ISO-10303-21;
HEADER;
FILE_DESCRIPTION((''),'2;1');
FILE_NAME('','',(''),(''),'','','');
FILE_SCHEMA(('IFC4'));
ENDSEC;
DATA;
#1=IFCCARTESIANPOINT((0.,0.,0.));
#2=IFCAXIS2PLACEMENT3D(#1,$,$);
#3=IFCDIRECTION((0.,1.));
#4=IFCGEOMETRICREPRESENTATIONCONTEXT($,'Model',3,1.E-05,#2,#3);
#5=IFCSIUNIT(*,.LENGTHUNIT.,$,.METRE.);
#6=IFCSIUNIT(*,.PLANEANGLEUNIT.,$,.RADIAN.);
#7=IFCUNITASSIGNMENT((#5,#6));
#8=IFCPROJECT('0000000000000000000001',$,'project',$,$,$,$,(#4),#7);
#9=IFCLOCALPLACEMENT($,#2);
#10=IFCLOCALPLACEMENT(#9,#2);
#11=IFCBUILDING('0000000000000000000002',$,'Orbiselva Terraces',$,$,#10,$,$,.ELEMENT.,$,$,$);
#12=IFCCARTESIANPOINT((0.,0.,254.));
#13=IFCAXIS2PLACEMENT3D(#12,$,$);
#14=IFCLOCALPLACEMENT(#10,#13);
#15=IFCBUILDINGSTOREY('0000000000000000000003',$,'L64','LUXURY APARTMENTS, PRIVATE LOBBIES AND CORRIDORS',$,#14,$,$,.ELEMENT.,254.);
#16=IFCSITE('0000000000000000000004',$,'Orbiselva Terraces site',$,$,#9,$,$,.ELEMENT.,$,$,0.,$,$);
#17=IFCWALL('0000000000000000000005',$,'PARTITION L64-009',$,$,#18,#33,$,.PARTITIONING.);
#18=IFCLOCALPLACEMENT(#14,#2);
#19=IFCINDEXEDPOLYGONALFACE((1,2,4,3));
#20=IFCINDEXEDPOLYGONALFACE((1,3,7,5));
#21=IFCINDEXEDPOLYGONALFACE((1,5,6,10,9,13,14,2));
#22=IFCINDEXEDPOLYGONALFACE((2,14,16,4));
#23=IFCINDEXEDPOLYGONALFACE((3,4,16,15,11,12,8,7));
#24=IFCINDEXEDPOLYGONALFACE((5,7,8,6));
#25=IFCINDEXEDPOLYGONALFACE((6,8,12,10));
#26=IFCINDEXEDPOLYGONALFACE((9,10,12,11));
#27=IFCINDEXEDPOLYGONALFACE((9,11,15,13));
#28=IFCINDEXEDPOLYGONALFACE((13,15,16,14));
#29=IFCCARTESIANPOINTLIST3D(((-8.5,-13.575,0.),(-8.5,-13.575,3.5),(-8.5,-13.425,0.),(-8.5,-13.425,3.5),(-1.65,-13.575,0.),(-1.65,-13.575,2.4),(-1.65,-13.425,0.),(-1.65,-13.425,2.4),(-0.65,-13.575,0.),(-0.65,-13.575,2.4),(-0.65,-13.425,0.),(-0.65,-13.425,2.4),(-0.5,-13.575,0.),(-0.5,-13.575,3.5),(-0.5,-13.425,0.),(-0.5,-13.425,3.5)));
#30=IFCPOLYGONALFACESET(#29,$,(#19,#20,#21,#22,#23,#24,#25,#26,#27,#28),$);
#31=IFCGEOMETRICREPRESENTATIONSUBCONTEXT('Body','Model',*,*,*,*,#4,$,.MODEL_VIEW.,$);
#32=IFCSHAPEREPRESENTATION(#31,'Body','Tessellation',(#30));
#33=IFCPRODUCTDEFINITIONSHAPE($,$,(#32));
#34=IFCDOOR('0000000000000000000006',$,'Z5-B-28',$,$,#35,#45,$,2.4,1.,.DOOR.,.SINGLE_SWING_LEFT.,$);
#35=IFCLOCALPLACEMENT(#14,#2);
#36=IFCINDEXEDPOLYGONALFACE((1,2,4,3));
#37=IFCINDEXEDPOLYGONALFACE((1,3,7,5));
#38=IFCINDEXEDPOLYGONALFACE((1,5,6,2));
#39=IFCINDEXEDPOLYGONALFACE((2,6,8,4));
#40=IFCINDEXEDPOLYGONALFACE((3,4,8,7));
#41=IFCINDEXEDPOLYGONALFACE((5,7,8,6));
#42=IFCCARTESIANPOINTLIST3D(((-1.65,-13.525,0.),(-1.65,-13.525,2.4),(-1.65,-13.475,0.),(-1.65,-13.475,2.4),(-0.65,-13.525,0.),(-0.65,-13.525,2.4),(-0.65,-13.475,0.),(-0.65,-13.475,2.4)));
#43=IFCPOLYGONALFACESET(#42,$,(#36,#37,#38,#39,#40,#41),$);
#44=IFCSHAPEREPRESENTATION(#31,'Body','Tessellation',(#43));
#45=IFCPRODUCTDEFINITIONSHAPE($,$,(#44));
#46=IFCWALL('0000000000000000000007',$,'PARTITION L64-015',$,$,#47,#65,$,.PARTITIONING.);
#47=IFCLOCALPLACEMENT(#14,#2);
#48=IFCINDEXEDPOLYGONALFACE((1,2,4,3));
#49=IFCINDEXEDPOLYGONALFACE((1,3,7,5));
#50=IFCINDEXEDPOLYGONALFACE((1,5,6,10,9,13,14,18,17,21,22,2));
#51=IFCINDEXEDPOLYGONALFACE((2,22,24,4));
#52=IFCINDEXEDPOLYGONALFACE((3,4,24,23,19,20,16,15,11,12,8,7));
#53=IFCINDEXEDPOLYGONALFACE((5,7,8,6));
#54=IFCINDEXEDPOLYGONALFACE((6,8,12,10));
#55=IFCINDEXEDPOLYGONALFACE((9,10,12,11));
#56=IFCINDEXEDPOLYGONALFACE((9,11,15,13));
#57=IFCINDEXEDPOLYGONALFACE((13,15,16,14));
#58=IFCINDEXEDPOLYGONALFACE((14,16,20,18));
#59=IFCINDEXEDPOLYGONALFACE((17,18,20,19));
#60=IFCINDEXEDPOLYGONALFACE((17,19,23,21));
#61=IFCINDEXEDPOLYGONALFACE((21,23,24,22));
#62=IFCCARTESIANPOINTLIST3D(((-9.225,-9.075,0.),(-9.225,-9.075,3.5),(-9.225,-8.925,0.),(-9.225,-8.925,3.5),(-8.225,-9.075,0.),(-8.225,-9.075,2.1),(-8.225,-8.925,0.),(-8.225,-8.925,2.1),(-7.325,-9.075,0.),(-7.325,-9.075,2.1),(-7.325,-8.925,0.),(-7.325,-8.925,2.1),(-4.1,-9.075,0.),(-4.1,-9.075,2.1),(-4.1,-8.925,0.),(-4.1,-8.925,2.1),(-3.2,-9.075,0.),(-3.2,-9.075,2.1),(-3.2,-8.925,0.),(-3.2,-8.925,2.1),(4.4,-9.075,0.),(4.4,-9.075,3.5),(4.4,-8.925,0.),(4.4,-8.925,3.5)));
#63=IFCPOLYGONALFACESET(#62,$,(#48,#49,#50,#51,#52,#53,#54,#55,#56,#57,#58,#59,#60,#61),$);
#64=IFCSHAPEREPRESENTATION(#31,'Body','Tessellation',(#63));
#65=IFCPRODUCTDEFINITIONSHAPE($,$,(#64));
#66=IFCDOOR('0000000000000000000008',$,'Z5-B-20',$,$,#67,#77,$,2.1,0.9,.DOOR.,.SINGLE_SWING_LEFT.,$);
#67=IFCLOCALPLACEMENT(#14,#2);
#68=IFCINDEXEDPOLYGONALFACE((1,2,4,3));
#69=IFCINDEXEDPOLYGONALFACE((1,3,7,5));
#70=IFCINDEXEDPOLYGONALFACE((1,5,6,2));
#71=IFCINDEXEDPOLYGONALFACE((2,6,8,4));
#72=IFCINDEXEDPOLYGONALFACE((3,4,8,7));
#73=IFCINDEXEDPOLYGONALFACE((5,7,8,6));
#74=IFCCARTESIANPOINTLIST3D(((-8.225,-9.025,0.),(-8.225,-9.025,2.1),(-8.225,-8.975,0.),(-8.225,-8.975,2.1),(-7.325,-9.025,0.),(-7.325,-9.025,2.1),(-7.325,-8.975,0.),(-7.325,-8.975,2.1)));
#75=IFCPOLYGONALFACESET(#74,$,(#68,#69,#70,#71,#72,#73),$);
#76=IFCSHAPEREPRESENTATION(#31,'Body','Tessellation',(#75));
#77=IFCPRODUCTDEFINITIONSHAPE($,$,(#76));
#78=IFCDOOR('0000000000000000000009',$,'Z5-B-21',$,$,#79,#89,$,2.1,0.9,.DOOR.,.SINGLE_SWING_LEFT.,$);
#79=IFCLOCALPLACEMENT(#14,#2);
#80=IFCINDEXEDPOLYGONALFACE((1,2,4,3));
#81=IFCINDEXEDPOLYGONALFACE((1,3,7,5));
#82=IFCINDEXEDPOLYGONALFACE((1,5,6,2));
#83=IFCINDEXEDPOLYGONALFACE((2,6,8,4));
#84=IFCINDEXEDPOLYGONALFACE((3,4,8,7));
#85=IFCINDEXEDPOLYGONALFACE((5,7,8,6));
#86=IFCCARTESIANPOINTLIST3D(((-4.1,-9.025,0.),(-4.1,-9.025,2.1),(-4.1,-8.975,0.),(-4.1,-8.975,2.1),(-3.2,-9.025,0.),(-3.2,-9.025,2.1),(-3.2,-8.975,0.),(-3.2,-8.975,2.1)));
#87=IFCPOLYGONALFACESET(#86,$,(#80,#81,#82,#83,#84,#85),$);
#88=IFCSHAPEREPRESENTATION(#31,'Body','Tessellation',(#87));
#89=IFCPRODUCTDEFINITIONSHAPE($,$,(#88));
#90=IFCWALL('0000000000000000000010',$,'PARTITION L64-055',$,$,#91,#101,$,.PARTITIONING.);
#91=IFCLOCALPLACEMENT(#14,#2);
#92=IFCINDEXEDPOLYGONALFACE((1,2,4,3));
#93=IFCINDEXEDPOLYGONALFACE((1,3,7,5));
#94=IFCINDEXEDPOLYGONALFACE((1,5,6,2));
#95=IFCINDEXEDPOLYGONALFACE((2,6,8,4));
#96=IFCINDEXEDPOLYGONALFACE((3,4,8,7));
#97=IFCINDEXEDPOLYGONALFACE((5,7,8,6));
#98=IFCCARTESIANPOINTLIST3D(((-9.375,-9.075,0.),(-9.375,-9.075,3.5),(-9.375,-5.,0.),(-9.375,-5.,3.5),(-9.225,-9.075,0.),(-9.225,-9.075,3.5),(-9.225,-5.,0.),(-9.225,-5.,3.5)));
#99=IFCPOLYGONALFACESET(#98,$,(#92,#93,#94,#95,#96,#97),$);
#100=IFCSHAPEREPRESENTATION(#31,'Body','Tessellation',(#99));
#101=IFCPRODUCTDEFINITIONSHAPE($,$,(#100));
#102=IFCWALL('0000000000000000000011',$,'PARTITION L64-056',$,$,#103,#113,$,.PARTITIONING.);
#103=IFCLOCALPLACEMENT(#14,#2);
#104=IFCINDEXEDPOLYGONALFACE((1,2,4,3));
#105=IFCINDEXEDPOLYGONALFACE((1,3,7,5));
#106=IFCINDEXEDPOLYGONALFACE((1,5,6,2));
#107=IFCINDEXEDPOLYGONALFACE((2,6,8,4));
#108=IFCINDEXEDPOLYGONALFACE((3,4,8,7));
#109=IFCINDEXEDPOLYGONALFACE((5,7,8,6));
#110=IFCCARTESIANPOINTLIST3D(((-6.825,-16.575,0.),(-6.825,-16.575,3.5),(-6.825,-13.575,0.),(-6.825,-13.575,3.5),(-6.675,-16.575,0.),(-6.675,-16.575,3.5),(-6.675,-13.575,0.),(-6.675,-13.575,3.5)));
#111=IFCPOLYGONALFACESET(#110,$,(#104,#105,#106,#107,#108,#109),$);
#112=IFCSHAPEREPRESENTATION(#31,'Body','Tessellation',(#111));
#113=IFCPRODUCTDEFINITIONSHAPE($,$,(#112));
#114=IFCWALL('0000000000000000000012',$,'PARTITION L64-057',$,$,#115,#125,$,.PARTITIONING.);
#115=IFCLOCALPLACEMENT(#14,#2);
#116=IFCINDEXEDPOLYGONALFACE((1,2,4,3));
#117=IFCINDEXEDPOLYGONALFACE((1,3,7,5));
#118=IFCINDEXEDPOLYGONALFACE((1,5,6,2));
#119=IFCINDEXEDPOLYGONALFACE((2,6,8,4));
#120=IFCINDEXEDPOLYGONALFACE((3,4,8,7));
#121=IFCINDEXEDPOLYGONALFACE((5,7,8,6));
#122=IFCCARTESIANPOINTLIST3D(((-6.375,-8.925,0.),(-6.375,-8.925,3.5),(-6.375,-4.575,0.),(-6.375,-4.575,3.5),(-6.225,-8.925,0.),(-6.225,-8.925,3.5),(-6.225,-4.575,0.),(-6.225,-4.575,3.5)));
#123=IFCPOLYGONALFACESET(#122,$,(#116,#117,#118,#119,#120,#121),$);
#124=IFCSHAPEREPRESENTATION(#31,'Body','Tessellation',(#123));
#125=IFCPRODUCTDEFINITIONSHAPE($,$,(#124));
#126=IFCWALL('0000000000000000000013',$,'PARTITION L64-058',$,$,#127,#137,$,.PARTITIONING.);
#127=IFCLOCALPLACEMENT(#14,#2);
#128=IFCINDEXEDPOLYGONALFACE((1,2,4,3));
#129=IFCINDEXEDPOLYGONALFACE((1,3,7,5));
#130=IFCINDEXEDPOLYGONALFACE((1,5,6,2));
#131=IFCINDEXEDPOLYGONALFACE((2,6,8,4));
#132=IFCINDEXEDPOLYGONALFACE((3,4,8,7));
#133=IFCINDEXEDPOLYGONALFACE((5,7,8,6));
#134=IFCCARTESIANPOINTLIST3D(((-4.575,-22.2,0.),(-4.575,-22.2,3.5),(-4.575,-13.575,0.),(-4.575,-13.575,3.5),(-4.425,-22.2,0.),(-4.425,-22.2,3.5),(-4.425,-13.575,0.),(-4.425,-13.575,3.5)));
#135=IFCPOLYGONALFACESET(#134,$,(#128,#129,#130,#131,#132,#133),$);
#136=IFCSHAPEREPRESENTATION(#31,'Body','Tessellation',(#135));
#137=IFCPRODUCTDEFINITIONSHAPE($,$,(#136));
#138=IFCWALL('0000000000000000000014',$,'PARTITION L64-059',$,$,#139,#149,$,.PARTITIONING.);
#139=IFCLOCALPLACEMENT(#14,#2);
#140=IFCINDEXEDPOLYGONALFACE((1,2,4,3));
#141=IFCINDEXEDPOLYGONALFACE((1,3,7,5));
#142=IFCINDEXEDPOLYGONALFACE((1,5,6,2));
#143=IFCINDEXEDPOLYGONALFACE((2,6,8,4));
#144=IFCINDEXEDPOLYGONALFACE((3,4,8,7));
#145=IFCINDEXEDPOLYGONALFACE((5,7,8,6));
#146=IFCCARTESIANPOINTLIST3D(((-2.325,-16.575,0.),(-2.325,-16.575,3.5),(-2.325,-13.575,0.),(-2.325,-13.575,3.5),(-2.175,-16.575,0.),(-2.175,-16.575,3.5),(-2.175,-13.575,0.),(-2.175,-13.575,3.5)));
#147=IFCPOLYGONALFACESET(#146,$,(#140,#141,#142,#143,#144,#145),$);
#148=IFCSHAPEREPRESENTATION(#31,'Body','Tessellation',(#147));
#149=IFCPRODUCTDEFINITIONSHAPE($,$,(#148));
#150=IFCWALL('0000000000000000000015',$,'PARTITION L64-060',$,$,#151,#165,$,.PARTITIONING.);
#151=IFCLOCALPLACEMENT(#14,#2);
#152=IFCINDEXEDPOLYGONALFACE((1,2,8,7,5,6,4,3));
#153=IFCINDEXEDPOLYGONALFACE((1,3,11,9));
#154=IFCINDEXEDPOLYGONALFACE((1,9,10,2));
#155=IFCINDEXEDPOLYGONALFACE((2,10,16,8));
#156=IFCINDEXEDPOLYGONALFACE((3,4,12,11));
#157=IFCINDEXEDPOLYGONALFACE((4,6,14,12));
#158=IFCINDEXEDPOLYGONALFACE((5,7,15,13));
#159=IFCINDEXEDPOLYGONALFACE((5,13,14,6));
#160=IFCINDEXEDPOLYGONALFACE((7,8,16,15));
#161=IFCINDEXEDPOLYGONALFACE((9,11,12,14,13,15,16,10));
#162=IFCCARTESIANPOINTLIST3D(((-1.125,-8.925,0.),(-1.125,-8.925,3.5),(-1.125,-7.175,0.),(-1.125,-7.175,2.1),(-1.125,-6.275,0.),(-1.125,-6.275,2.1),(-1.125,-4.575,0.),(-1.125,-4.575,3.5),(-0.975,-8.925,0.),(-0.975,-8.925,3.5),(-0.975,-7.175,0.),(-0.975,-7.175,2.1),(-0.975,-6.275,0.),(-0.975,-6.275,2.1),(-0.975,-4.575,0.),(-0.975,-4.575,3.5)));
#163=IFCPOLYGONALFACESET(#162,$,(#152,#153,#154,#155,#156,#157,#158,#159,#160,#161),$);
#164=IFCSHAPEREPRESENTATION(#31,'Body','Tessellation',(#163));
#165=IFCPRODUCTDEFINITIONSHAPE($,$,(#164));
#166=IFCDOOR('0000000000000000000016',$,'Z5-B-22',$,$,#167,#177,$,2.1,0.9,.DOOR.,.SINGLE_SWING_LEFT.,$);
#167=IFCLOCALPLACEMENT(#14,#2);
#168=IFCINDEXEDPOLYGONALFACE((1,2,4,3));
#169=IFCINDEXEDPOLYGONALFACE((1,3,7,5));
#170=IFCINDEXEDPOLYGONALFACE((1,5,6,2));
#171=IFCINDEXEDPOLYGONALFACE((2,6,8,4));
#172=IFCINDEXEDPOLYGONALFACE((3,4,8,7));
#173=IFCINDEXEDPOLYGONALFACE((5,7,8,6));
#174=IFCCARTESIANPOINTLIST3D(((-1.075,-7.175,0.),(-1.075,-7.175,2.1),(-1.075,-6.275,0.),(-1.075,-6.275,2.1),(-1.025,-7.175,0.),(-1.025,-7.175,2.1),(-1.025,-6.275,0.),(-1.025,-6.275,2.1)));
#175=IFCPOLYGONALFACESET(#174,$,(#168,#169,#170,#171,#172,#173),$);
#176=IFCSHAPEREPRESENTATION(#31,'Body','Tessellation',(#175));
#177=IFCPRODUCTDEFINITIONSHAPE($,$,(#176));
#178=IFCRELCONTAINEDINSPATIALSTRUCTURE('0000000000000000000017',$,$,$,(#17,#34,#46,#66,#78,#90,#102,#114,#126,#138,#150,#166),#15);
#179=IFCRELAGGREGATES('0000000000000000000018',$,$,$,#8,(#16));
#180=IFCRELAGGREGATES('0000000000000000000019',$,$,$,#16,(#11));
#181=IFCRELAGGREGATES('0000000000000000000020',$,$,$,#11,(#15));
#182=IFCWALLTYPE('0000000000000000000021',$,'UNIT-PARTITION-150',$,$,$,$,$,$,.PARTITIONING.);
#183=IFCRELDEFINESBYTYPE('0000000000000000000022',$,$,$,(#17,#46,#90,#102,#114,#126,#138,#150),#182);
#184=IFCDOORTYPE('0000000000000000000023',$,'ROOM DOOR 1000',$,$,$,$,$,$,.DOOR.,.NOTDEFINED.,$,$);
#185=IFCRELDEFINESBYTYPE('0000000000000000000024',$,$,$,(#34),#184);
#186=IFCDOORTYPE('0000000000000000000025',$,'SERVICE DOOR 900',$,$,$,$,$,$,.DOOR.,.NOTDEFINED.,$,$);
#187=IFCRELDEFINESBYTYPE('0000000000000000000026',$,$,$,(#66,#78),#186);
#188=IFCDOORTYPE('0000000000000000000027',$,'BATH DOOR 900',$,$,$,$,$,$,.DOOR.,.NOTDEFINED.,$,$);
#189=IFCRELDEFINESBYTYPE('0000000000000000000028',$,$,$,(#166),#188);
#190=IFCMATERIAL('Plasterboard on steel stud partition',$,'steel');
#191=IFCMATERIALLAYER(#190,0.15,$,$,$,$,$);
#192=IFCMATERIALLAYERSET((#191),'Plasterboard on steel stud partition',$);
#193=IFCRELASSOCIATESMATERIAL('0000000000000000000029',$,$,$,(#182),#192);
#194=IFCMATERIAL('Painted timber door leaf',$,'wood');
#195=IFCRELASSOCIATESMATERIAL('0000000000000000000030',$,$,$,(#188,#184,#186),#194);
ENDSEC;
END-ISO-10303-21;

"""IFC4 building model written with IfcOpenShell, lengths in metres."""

from ifc_helpers import new_model, si_unit, direction, frame, frame_2d, origin, place, context, subcontext, project, spatial, rectangle, extrude, material, layer, layer_set, type_object, element, fill, save


model = new_model("IFC4")

# Units and contexts
model_context = context("Model", 3, precision=1e-05, world=origin(), true_north=direction((0.0, 1.0)))
body_context = subcontext(model_context, "Body", "Model", "MODEL_VIEW")
ifc_project = project(units=[si_unit("LENGTHUNIT", "METRE"), si_unit("PLANEANGLEUNIT", "RADIAN")], contexts=[model_context])

# Site, building, storey
site_placement = place(None, origin())
site = spatial("IfcSite", under=ifc_project, at=site_placement, Name="Orbiselva Terraces site", CompositionType="ELEMENT", RefElevation=0.0)
building_placement = place(site_placement, origin())
building = spatial("IfcBuilding", under=site, at=building_placement, Name="Orbiselva Terraces", CompositionType="ELEMENT")
storey_placement = place(building_placement, frame((0.0, 0.0, 254.0)))
storey = spatial("IfcBuildingStorey", under=building, at=storey_placement, Name="L64", Description="LUXURY APARTMENTS, PRIVATE LOBBIES AND CORRIDORS", CompositionType="ELEMENT", Elevation=254.0)

# Wall, opening, door
ifc_material_1 = material(Name="Plasterboard on steel stud partition", Category="steel")
ifc_layer_1 = layer(ifc_material_1, 0.15)
ifc_layer_set_1 = layer_set([ifc_layer_1], Name="Plasterboard on steel stud partition")
wall_type_1 = type_object("IfcWallType", Name="UNIT-PARTITION-150", PredefinedType="PARTITIONING", material=ifc_layer_set_1)
ifc_material_2 = material(Name="Painted timber door leaf", Category="wood")
door_type_1 = type_object("IfcDoorType", Name="BATH DOOR 900", OperationType="NOTDEFINED", PredefinedType="DOOR", material=ifc_material_2)
wall_1_placement = place(storey_placement, frame((-0.5, -13.5, 0.0), z_axis=(0.0, 0.0, 1.0), x_axis=(-1.0, 0.0, 0.0)))
wall_1 = element("IfcWall", 1, at=wall_1_placement, inside=storey, type_object=wall_type_1, Name="PARTITION L64-009", PredefinedType="PARTITIONING", context=body_context, shape_type="SweptSolid", body=[
    extrude(rectangle(XDim=8.0, YDim=0.15, at=frame_2d((4.0, 0.0))), origin(), (0.0, 0.0, 1.0), 3.5),
])
opening_1_placement = place(wall_1_placement, frame((0.15, 0.0, 0.0)))
opening_1 = element("IfcOpeningElement", 2, at=opening_1_placement, cuts=wall_1, PredefinedType="OPENING", context=body_context, shape_type="SweptSolid", body=[
    extrude(rectangle(XDim=1.0, YDim=2.4, at=frame_2d((0.5, 1.2))), frame((0.0, 0.085, 0.0), z_axis=(0.0, -1.0, 0.0), x_axis=(1.0, 0.0, 0.0)), (0.0, 0.0, 1.0), 0.17),
])
door_type_2 = type_object("IfcDoorType", Name="ROOM DOOR 1000", OperationType="NOTDEFINED", PredefinedType="DOOR", material=ifc_material_2)
door_1_placement = place(opening_1_placement, origin())
door_1 = element("IfcDoor", 3, at=door_1_placement, inside=storey, type_object=door_type_2, Name="Z5-B-28", OperationType="SINGLE_SWING_LEFT", OverallHeight=2.4, OverallWidth=1.0, PredefinedType="DOOR", context=body_context, shape_type="SweptSolid", body=[
    extrude(rectangle(XDim=1.0, YDim=2.4, at=frame_2d((0.5, 1.2))), frame((0.0, 0.025, 0.0), z_axis=(0.0, -1.0, 0.0), x_axis=(1.0, 0.0, 0.0)), (0.0, 0.0, 1.0), 0.05),
])
fill(opening_1, door_1)

# Wall, openings, doors
wall_2_placement = place(storey_placement, frame((-9.225, -9.0, 0.0), z_axis=(0.0, 0.0, 1.0), x_axis=(1.0, 0.0, 0.0)))
wall_2 = element("IfcWall", 4, at=wall_2_placement, inside=storey, type_object=wall_type_1, Name="PARTITION L64-015", PredefinedType="PARTITIONING", context=body_context, shape_type="SweptSolid", body=[
    extrude(rectangle(XDim=13.625, YDim=0.15, at=frame_2d((6.8125, 0.0))), origin(), (0.0, 0.0, 1.0), 3.5),
])
opening_2_placement = place(wall_2_placement, frame((1.0, 0.0, 0.0)))
opening_2 = element("IfcOpeningElement", 5, at=opening_2_placement, cuts=wall_2, PredefinedType="OPENING", context=body_context, shape_type="SweptSolid", body=[
    extrude(rectangle(XDim=0.9, YDim=2.1, at=frame_2d((0.45, 1.05))), frame((0.0, 0.085, 0.0), z_axis=(0.0, -1.0, 0.0), x_axis=(1.0, 0.0, 0.0)), (0.0, 0.0, 1.0), 0.17),
])
opening_3_placement = place(wall_2_placement, frame((5.125, 0.0, 0.0)))
opening_3 = element("IfcOpeningElement", 6, at=opening_3_placement, cuts=wall_2, PredefinedType="OPENING", context=body_context, shape_type="SweptSolid", body=[
    extrude(rectangle(XDim=0.9, YDim=2.1, at=frame_2d((0.45, 1.05))), frame((0.0, 0.085, 0.0), z_axis=(0.0, -1.0, 0.0), x_axis=(1.0, 0.0, 0.0)), (0.0, 0.0, 1.0), 0.17),
])
door_type_3 = type_object("IfcDoorType", Name="SERVICE DOOR 900", OperationType="NOTDEFINED", PredefinedType="DOOR", material=ifc_material_2)
door_2_placement = place(opening_2_placement, origin())
door_2 = element("IfcDoor", 7, at=door_2_placement, inside=storey, type_object=door_type_3, Name="Z5-B-20", OperationType="SINGLE_SWING_LEFT", OverallHeight=2.1, OverallWidth=0.9, PredefinedType="DOOR", context=body_context, shape_type="SweptSolid", body=[
    extrude(rectangle(XDim=0.9, YDim=2.1, at=frame_2d((0.45, 1.05))), frame((0.0, 0.025, 0.0), z_axis=(0.0, -1.0, 0.0), x_axis=(1.0, 0.0, 0.0)), (0.0, 0.0, 1.0), 0.05),
])
fill(opening_2, door_2)
door_3_placement = place(opening_3_placement, origin())
door_3 = element("IfcDoor", 8, at=door_3_placement, inside=storey, type_object=door_type_3, Name="Z5-B-21", OperationType="SINGLE_SWING_LEFT", OverallHeight=2.1, OverallWidth=0.9, PredefinedType="DOOR", context=body_context, shape_type="SweptSolid", body=[
    extrude(rectangle(XDim=0.9, YDim=2.1, at=frame_2d((0.45, 1.05))), frame((0.0, 0.025, 0.0), z_axis=(0.0, -1.0, 0.0), x_axis=(1.0, 0.0, 0.0)), (0.0, 0.0, 1.0), 0.05),
])
fill(opening_3, door_3)

# Walls
wall_3_placement = place(storey_placement, frame((-9.3, -9.075, 0.0), z_axis=(0.0, 0.0, 1.0), x_axis=(0.0, 1.0, 0.0)))
element("IfcWall", 9, at=wall_3_placement, inside=storey, type_object=wall_type_1, Name="PARTITION L64-055", PredefinedType="PARTITIONING", context=body_context, shape_type="SweptSolid", body=[
    extrude(rectangle(XDim=4.075, YDim=0.15, at=frame_2d((2.0375, 0.0))), origin(), (0.0, 0.0, 1.0), 3.5),
])
wall_4_placement = place(storey_placement, frame((-6.75, -16.575, 0.0), z_axis=(0.0, 0.0, 1.0), x_axis=(0.0, 1.0, 0.0)))
element("IfcWall", 10, at=wall_4_placement, inside=storey, type_object=wall_type_1, Name="PARTITION L64-056", PredefinedType="PARTITIONING", context=body_context, shape_type="SweptSolid", body=[
    extrude(rectangle(XDim=3.0, YDim=0.15, at=frame_2d((1.5, 0.0))), origin(), (0.0, 0.0, 1.0), 3.5),
])
wall_5_placement = place(storey_placement, frame((-6.3, -8.925, 0.0), z_axis=(0.0, 0.0, 1.0), x_axis=(0.0, 1.0, 0.0)))
element("IfcWall", 11, at=wall_5_placement, inside=storey, type_object=wall_type_1, Name="PARTITION L64-057", PredefinedType="PARTITIONING", context=body_context, shape_type="SweptSolid", body=[
    extrude(rectangle(XDim=4.35, YDim=0.15, at=frame_2d((2.175, 0.0))), origin(), (0.0, 0.0, 1.0), 3.5),
])
wall_6_placement = place(storey_placement, frame((-4.5, -22.2, 0.0), z_axis=(0.0, 0.0, 1.0), x_axis=(0.0, 1.0, 0.0)))
element("IfcWall", 12, at=wall_6_placement, inside=storey, type_object=wall_type_1, Name="PARTITION L64-058", PredefinedType="PARTITIONING", context=body_context, shape_type="SweptSolid", body=[
    extrude(rectangle(XDim=8.625, YDim=0.15, at=frame_2d((4.3125, 0.0))), origin(), (0.0, 0.0, 1.0), 3.5),
])
wall_7_placement = place(storey_placement, frame((-2.25, -16.575, 0.0), z_axis=(0.0, 0.0, 1.0), x_axis=(0.0, 1.0, 0.0)))
element("IfcWall", 13, at=wall_7_placement, inside=storey, type_object=wall_type_1, Name="PARTITION L64-059", PredefinedType="PARTITIONING", context=body_context, shape_type="SweptSolid", body=[
    extrude(rectangle(XDim=3.0, YDim=0.15, at=frame_2d((1.5, 0.0))), origin(), (0.0, 0.0, 1.0), 3.5),
])

# Wall, opening, door
wall_8_placement = place(storey_placement, frame((-1.05, -4.575, 0.0), z_axis=(0.0, 0.0, 1.0), x_axis=(0.0, -1.0, 0.0)))
wall_8 = element("IfcWall", 14, at=wall_8_placement, inside=storey, type_object=wall_type_1, Name="PARTITION L64-060", PredefinedType="PARTITIONING", context=body_context, shape_type="SweptSolid", body=[
    extrude(rectangle(XDim=4.35, YDim=0.15, at=frame_2d((2.175, 0.0))), origin(), (0.0, 0.0, 1.0), 3.5),
])
opening_4_placement = place(wall_8_placement, frame((1.7, 0.0, 0.0)))
opening_4 = element("IfcOpeningElement", 15, at=opening_4_placement, cuts=wall_8, PredefinedType="OPENING", context=body_context, shape_type="SweptSolid", body=[
    extrude(rectangle(XDim=0.9, YDim=2.1, at=frame_2d((0.45, 1.05))), frame((0.0, 0.085, 0.0), z_axis=(0.0, -1.0, 0.0), x_axis=(1.0, 0.0, 0.0)), (0.0, 0.0, 1.0), 0.17),
])
door_4_placement = place(opening_4_placement, origin())
door_4 = element("IfcDoor", 16, at=door_4_placement, inside=storey, type_object=door_type_1, Name="Z5-B-22", OperationType="SINGLE_SWING_LEFT", OverallHeight=2.1, OverallWidth=0.9, PredefinedType="DOOR", context=body_context, shape_type="SweptSolid", body=[
    extrude(rectangle(XDim=0.9, YDim=2.1, at=frame_2d((0.45, 1.05))), frame((0.0, 0.025, 0.0), z_axis=(0.0, -1.0, 0.0), x_axis=(1.0, 0.0, 0.0)), (0.0, 0.0, 1.0), 0.05),
])
fill(opening_4, door_4)

save(model, "model.ifc")
